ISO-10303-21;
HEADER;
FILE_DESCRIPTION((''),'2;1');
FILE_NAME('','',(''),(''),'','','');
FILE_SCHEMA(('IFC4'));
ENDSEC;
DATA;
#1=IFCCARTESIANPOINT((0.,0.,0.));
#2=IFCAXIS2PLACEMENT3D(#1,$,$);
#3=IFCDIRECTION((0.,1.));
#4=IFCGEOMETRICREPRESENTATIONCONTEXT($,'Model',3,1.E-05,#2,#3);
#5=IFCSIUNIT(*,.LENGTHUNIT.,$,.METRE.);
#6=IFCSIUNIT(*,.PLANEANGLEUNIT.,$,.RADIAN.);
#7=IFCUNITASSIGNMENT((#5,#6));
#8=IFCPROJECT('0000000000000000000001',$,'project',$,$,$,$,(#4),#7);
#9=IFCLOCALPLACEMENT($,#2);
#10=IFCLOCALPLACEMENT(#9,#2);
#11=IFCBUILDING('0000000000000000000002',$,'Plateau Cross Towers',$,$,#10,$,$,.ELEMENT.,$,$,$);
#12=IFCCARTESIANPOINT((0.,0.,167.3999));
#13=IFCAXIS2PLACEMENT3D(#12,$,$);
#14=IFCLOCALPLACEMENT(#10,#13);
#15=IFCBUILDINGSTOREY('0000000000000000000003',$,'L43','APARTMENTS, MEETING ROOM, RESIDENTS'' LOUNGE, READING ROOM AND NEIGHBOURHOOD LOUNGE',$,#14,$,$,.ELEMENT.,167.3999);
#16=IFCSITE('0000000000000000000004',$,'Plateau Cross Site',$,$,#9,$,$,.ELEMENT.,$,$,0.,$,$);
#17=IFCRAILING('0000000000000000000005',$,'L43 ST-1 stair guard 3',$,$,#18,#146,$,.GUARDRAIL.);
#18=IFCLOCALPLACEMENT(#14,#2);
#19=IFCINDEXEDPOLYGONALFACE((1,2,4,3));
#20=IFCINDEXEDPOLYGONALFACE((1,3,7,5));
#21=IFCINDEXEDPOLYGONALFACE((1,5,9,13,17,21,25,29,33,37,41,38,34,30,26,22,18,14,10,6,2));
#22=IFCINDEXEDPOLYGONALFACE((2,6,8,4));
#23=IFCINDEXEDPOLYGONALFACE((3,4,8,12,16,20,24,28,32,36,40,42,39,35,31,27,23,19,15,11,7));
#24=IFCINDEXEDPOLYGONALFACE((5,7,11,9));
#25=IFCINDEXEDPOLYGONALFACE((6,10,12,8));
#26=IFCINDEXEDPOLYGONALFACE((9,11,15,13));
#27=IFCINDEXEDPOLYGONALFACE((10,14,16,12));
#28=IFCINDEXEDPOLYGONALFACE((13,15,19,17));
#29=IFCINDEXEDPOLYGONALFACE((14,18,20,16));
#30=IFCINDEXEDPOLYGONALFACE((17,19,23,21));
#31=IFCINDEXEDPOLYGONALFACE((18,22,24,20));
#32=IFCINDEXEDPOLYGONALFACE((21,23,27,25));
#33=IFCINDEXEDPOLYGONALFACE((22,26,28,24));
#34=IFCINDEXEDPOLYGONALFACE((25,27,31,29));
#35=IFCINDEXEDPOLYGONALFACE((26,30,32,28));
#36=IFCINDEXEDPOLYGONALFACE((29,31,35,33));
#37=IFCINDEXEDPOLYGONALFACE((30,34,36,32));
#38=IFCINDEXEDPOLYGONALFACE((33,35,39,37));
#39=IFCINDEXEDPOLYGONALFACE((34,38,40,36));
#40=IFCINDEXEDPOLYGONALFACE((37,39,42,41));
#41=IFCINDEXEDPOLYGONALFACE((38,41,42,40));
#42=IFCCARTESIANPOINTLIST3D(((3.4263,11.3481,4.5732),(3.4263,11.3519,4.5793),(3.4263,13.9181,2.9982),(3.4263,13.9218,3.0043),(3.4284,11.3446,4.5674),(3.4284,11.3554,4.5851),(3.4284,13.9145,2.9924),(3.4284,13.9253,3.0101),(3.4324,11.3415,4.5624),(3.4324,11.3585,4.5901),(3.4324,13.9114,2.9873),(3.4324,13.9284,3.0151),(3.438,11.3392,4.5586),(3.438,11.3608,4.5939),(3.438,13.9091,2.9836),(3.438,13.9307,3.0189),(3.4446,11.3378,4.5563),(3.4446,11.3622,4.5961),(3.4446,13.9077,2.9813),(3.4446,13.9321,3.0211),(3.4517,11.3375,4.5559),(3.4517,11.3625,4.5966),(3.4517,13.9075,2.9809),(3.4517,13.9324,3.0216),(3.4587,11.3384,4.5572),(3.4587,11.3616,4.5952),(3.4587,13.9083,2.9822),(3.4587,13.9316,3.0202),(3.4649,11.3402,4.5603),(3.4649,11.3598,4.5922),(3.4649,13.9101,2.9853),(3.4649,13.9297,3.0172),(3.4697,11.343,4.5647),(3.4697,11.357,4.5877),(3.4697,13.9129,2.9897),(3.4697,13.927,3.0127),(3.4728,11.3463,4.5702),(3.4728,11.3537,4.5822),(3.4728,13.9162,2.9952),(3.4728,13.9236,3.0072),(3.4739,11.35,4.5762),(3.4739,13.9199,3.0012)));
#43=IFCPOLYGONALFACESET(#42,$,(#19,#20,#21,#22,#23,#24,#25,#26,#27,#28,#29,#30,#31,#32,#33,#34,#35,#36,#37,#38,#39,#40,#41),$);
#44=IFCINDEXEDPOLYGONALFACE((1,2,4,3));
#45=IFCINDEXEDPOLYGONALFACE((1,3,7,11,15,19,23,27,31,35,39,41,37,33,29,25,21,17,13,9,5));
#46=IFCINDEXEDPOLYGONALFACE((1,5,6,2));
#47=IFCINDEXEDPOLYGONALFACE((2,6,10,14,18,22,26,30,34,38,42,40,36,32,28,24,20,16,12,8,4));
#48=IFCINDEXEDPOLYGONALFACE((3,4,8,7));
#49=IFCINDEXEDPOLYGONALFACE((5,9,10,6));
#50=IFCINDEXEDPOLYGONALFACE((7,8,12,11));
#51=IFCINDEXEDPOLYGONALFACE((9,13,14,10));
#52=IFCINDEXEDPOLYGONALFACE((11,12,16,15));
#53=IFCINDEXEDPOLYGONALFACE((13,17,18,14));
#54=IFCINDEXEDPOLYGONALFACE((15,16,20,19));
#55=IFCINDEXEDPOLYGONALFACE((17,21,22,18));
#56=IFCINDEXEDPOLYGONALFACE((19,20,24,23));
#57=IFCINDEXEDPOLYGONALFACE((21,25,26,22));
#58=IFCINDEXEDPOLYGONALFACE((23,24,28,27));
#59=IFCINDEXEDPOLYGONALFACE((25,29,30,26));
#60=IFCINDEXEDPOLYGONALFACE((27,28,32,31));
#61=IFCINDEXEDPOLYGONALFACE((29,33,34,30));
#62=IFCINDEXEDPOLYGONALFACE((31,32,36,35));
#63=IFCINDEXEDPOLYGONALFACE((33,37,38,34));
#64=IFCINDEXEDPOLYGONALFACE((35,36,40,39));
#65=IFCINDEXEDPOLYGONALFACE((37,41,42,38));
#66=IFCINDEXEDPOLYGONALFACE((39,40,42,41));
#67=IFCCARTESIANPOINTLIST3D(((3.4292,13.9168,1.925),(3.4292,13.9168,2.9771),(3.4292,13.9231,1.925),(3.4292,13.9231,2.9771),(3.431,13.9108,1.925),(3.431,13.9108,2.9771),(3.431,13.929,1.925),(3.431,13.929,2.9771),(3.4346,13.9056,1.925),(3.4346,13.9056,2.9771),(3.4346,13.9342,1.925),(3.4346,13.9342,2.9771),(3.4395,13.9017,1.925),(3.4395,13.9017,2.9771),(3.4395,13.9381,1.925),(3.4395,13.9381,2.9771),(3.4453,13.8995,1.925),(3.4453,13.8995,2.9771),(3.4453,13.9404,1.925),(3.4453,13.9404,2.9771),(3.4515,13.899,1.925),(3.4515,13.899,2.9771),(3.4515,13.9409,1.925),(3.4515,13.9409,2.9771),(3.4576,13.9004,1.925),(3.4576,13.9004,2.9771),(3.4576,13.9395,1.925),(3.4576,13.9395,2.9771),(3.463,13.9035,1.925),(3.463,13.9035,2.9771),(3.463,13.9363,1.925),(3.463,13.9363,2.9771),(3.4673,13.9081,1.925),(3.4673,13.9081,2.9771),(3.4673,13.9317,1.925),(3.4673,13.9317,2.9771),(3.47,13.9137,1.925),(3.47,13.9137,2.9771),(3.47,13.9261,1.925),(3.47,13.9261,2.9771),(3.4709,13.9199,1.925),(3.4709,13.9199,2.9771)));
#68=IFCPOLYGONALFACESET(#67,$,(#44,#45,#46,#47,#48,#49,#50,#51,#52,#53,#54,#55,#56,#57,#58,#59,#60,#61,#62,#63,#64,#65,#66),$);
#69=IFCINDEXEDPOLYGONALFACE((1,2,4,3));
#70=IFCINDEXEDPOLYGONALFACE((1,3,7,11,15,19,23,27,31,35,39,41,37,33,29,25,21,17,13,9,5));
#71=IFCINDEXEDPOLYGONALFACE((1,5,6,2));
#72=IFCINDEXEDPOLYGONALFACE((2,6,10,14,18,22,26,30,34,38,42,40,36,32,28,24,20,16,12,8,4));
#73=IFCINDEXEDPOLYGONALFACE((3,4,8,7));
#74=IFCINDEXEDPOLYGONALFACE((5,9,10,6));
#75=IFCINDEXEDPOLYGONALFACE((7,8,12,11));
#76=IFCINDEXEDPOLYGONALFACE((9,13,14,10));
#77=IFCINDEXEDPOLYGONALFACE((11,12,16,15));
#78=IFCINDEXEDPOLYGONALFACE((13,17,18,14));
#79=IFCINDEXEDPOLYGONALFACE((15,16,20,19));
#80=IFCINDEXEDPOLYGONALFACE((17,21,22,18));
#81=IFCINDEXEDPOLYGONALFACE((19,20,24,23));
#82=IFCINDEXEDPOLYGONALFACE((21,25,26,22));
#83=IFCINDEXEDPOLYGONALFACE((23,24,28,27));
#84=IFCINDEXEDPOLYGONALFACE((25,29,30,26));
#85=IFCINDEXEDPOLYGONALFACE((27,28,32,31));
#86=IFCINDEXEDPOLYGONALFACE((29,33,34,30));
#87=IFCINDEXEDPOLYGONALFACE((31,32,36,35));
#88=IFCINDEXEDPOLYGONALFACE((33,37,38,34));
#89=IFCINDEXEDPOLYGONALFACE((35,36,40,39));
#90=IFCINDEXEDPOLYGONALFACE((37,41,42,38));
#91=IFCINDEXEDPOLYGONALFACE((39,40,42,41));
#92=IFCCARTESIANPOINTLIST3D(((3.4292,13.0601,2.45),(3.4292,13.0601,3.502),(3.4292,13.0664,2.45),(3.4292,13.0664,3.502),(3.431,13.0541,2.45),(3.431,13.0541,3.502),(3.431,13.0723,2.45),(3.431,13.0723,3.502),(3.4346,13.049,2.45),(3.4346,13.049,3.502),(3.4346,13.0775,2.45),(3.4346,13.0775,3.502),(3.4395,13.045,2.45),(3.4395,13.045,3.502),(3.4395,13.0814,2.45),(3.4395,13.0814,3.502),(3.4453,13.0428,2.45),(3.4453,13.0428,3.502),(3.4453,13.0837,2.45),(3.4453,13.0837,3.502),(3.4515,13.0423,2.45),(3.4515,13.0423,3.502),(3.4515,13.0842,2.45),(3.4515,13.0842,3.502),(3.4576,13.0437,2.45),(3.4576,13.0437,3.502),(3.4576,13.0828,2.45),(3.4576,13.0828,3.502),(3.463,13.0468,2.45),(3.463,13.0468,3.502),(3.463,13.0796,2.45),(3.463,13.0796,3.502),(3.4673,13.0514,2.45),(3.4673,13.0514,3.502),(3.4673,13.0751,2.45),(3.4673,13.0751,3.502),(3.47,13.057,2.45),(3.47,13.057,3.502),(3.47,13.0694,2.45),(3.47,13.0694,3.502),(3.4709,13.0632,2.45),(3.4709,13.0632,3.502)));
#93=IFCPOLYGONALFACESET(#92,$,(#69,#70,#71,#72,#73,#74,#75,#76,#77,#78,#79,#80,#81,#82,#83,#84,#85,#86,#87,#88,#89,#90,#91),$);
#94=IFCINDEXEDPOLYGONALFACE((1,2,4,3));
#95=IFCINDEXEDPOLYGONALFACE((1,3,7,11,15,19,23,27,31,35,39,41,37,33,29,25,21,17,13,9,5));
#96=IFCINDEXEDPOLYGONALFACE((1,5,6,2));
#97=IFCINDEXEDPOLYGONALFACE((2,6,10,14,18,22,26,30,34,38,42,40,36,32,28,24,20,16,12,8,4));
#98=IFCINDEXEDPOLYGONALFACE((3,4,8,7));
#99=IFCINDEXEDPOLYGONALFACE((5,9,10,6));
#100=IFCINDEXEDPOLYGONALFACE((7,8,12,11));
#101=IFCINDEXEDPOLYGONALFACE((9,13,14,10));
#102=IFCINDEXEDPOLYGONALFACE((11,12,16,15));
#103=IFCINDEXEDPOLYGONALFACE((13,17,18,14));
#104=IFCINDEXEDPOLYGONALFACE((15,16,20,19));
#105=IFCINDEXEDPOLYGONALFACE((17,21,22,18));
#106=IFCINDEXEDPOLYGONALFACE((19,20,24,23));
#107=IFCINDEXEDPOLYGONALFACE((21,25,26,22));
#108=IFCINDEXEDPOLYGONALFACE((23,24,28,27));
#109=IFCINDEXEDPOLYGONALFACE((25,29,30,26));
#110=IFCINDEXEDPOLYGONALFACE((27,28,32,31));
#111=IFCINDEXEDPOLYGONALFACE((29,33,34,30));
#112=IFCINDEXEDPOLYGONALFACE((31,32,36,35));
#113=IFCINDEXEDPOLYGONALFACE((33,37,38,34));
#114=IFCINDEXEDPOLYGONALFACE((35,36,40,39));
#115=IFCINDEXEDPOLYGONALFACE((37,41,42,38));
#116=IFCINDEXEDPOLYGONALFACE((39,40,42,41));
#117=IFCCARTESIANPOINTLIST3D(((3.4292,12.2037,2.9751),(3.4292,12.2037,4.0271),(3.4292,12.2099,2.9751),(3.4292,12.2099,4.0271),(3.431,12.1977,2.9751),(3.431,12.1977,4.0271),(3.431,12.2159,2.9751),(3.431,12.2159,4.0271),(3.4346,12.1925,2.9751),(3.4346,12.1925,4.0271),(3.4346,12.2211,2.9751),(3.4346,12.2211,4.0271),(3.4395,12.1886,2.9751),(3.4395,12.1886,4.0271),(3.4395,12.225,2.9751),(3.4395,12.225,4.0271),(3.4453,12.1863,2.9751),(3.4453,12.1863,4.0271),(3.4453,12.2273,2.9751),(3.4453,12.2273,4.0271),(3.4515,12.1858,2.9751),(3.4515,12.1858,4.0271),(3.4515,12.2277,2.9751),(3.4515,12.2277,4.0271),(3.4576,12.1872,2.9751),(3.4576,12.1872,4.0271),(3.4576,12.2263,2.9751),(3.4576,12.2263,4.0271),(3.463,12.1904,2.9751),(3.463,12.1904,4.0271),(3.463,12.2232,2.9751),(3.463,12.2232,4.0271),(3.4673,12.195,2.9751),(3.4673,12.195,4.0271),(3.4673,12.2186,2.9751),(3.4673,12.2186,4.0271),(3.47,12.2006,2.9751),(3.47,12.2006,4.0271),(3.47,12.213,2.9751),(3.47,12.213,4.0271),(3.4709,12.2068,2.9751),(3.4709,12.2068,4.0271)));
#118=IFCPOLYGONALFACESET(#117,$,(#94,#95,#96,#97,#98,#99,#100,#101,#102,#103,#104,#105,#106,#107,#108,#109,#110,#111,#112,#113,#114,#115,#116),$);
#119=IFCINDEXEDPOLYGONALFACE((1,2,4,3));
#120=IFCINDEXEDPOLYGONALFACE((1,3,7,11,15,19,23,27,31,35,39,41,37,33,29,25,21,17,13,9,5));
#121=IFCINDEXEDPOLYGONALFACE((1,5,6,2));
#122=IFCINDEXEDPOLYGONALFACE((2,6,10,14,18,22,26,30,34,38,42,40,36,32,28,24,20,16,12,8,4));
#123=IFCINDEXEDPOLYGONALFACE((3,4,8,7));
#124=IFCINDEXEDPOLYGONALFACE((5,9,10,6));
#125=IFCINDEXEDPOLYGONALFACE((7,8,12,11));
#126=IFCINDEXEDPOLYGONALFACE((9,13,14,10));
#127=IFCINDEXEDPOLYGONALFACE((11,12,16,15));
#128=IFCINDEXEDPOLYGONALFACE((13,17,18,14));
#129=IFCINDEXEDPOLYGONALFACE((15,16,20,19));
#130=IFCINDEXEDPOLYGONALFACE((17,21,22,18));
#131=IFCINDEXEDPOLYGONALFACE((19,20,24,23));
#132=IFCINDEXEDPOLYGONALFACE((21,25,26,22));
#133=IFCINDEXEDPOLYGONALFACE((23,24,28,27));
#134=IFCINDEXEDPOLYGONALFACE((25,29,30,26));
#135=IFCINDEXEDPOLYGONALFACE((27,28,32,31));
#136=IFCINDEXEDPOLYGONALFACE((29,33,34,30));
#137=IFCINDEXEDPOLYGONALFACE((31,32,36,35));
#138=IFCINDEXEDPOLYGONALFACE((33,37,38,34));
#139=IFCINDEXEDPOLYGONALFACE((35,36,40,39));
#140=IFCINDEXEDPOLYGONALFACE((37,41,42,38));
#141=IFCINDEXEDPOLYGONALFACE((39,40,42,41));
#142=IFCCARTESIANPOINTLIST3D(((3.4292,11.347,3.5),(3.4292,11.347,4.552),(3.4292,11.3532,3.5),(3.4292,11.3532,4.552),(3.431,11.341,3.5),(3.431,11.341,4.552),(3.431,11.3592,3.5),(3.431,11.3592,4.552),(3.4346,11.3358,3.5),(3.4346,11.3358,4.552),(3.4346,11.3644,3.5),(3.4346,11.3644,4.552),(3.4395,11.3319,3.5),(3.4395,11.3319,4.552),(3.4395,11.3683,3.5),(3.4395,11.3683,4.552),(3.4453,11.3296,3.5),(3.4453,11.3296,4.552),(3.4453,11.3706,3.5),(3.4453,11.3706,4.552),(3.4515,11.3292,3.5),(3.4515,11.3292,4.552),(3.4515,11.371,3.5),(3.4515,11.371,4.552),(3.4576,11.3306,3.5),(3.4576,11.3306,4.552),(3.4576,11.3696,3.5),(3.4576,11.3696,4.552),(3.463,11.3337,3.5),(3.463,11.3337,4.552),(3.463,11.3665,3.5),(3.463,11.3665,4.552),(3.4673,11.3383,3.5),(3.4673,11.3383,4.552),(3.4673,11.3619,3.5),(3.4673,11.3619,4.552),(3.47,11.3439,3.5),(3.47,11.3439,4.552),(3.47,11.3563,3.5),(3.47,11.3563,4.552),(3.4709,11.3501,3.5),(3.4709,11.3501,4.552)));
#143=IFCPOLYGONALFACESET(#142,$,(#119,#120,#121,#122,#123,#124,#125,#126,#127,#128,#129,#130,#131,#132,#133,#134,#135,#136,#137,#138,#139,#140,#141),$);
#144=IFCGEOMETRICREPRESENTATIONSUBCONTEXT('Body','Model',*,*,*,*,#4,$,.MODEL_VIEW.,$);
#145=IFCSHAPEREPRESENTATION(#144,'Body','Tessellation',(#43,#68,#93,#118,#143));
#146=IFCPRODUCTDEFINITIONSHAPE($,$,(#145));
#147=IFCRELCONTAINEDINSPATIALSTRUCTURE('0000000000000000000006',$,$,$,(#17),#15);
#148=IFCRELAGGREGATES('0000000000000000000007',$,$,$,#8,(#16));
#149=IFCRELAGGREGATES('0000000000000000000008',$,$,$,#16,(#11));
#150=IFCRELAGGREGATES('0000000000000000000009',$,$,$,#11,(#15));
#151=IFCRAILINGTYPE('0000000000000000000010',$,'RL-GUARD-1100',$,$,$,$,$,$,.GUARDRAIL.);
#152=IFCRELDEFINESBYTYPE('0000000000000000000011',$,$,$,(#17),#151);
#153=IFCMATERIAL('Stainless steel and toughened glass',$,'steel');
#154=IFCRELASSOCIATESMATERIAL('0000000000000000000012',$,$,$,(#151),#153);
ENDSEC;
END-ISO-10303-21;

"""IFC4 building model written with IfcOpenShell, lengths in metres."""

from ifc_helpers import new_model, si_unit, direction, frame, origin, origin_2d, place, context, subcontext, project, spatial, circle, extrude, material, type_object, element, save


model = new_model("IFC4")

# Units and contexts
model_context = context("Model", 3, precision=1e-05, world=origin(), true_north=direction((0.0, 1.0)))
body_context = subcontext(model_context, "Body", "Model", "MODEL_VIEW")
ifc_project = project(units=[si_unit("LENGTHUNIT", "METRE"), si_unit("PLANEANGLEUNIT", "RADIAN")], contexts=[model_context])

# Site, building, storey
site_placement = place(None, origin())
site = spatial("IfcSite", under=ifc_project, at=site_placement, Name="Plateau Cross Site", CompositionType="ELEMENT", RefElevation=0.0)
building_placement = place(site_placement, origin())
building = spatial("IfcBuilding", under=site, at=building_placement, Name="Plateau Cross Towers", CompositionType="ELEMENT")
storey_placement = place(building_placement, frame((0.0, 0.0, 167.3999)))
storey = spatial("IfcBuildingStorey", under=building, at=storey_placement, Name="L43", Description="APARTMENTS, MEETING ROOM, RESIDENTS' LOUNGE, READING ROOM AND NEIGHBOURHOOD LOUNGE", CompositionType="ELEMENT", Elevation=167.3999)

# Railing
ifc_material_1 = material(Name="Stainless steel and toughened glass", Category="steel")
railing_type_1 = type_object("IfcRailingType", Name="RL-GUARD-1100", PredefinedType="GUARDRAIL", material=ifc_material_1)
railing_1_placement = place(storey_placement, frame((3.45, 13.9199, 1.925)))
element("IfcRailing", 1, at=railing_1_placement, inside=storey, type_object=railing_type_1, Name="L43 ST-1 stair guard 3", PredefinedType="GUARDRAIL", context=body_context, shape_type="SweptSolid", body=[
    extrude(circle(Radius=0.0239, at=origin_2d()), frame((0.0, 0.0, 1.0762), z_axis=(0.0, -0.852616, 0.522537), x_axis=(1.0, 0.0, 0.0)), (0.0, 0.0, 1.0), 3.0142),
    extrude(circle(Radius=0.021, at=origin_2d()), origin(), (0.0, 0.0, 1.0), 1.052),
    extrude(circle(Radius=0.021, at=origin_2d()), frame((0.0, -0.8567, 0.5249)), (0.0, 0.0, 1.0), 1.052),
    extrude(circle(Radius=0.021, at=origin_2d()), frame((0.0, -1.7131, 1.05)), (0.0, 0.0, 1.0), 1.052),
    extrude(circle(Radius=0.021, at=origin_2d()), frame((0.0, -2.5698, 1.575)), (0.0, 0.0, 1.0), 1.052),
])

save(model, "model.ifc")
